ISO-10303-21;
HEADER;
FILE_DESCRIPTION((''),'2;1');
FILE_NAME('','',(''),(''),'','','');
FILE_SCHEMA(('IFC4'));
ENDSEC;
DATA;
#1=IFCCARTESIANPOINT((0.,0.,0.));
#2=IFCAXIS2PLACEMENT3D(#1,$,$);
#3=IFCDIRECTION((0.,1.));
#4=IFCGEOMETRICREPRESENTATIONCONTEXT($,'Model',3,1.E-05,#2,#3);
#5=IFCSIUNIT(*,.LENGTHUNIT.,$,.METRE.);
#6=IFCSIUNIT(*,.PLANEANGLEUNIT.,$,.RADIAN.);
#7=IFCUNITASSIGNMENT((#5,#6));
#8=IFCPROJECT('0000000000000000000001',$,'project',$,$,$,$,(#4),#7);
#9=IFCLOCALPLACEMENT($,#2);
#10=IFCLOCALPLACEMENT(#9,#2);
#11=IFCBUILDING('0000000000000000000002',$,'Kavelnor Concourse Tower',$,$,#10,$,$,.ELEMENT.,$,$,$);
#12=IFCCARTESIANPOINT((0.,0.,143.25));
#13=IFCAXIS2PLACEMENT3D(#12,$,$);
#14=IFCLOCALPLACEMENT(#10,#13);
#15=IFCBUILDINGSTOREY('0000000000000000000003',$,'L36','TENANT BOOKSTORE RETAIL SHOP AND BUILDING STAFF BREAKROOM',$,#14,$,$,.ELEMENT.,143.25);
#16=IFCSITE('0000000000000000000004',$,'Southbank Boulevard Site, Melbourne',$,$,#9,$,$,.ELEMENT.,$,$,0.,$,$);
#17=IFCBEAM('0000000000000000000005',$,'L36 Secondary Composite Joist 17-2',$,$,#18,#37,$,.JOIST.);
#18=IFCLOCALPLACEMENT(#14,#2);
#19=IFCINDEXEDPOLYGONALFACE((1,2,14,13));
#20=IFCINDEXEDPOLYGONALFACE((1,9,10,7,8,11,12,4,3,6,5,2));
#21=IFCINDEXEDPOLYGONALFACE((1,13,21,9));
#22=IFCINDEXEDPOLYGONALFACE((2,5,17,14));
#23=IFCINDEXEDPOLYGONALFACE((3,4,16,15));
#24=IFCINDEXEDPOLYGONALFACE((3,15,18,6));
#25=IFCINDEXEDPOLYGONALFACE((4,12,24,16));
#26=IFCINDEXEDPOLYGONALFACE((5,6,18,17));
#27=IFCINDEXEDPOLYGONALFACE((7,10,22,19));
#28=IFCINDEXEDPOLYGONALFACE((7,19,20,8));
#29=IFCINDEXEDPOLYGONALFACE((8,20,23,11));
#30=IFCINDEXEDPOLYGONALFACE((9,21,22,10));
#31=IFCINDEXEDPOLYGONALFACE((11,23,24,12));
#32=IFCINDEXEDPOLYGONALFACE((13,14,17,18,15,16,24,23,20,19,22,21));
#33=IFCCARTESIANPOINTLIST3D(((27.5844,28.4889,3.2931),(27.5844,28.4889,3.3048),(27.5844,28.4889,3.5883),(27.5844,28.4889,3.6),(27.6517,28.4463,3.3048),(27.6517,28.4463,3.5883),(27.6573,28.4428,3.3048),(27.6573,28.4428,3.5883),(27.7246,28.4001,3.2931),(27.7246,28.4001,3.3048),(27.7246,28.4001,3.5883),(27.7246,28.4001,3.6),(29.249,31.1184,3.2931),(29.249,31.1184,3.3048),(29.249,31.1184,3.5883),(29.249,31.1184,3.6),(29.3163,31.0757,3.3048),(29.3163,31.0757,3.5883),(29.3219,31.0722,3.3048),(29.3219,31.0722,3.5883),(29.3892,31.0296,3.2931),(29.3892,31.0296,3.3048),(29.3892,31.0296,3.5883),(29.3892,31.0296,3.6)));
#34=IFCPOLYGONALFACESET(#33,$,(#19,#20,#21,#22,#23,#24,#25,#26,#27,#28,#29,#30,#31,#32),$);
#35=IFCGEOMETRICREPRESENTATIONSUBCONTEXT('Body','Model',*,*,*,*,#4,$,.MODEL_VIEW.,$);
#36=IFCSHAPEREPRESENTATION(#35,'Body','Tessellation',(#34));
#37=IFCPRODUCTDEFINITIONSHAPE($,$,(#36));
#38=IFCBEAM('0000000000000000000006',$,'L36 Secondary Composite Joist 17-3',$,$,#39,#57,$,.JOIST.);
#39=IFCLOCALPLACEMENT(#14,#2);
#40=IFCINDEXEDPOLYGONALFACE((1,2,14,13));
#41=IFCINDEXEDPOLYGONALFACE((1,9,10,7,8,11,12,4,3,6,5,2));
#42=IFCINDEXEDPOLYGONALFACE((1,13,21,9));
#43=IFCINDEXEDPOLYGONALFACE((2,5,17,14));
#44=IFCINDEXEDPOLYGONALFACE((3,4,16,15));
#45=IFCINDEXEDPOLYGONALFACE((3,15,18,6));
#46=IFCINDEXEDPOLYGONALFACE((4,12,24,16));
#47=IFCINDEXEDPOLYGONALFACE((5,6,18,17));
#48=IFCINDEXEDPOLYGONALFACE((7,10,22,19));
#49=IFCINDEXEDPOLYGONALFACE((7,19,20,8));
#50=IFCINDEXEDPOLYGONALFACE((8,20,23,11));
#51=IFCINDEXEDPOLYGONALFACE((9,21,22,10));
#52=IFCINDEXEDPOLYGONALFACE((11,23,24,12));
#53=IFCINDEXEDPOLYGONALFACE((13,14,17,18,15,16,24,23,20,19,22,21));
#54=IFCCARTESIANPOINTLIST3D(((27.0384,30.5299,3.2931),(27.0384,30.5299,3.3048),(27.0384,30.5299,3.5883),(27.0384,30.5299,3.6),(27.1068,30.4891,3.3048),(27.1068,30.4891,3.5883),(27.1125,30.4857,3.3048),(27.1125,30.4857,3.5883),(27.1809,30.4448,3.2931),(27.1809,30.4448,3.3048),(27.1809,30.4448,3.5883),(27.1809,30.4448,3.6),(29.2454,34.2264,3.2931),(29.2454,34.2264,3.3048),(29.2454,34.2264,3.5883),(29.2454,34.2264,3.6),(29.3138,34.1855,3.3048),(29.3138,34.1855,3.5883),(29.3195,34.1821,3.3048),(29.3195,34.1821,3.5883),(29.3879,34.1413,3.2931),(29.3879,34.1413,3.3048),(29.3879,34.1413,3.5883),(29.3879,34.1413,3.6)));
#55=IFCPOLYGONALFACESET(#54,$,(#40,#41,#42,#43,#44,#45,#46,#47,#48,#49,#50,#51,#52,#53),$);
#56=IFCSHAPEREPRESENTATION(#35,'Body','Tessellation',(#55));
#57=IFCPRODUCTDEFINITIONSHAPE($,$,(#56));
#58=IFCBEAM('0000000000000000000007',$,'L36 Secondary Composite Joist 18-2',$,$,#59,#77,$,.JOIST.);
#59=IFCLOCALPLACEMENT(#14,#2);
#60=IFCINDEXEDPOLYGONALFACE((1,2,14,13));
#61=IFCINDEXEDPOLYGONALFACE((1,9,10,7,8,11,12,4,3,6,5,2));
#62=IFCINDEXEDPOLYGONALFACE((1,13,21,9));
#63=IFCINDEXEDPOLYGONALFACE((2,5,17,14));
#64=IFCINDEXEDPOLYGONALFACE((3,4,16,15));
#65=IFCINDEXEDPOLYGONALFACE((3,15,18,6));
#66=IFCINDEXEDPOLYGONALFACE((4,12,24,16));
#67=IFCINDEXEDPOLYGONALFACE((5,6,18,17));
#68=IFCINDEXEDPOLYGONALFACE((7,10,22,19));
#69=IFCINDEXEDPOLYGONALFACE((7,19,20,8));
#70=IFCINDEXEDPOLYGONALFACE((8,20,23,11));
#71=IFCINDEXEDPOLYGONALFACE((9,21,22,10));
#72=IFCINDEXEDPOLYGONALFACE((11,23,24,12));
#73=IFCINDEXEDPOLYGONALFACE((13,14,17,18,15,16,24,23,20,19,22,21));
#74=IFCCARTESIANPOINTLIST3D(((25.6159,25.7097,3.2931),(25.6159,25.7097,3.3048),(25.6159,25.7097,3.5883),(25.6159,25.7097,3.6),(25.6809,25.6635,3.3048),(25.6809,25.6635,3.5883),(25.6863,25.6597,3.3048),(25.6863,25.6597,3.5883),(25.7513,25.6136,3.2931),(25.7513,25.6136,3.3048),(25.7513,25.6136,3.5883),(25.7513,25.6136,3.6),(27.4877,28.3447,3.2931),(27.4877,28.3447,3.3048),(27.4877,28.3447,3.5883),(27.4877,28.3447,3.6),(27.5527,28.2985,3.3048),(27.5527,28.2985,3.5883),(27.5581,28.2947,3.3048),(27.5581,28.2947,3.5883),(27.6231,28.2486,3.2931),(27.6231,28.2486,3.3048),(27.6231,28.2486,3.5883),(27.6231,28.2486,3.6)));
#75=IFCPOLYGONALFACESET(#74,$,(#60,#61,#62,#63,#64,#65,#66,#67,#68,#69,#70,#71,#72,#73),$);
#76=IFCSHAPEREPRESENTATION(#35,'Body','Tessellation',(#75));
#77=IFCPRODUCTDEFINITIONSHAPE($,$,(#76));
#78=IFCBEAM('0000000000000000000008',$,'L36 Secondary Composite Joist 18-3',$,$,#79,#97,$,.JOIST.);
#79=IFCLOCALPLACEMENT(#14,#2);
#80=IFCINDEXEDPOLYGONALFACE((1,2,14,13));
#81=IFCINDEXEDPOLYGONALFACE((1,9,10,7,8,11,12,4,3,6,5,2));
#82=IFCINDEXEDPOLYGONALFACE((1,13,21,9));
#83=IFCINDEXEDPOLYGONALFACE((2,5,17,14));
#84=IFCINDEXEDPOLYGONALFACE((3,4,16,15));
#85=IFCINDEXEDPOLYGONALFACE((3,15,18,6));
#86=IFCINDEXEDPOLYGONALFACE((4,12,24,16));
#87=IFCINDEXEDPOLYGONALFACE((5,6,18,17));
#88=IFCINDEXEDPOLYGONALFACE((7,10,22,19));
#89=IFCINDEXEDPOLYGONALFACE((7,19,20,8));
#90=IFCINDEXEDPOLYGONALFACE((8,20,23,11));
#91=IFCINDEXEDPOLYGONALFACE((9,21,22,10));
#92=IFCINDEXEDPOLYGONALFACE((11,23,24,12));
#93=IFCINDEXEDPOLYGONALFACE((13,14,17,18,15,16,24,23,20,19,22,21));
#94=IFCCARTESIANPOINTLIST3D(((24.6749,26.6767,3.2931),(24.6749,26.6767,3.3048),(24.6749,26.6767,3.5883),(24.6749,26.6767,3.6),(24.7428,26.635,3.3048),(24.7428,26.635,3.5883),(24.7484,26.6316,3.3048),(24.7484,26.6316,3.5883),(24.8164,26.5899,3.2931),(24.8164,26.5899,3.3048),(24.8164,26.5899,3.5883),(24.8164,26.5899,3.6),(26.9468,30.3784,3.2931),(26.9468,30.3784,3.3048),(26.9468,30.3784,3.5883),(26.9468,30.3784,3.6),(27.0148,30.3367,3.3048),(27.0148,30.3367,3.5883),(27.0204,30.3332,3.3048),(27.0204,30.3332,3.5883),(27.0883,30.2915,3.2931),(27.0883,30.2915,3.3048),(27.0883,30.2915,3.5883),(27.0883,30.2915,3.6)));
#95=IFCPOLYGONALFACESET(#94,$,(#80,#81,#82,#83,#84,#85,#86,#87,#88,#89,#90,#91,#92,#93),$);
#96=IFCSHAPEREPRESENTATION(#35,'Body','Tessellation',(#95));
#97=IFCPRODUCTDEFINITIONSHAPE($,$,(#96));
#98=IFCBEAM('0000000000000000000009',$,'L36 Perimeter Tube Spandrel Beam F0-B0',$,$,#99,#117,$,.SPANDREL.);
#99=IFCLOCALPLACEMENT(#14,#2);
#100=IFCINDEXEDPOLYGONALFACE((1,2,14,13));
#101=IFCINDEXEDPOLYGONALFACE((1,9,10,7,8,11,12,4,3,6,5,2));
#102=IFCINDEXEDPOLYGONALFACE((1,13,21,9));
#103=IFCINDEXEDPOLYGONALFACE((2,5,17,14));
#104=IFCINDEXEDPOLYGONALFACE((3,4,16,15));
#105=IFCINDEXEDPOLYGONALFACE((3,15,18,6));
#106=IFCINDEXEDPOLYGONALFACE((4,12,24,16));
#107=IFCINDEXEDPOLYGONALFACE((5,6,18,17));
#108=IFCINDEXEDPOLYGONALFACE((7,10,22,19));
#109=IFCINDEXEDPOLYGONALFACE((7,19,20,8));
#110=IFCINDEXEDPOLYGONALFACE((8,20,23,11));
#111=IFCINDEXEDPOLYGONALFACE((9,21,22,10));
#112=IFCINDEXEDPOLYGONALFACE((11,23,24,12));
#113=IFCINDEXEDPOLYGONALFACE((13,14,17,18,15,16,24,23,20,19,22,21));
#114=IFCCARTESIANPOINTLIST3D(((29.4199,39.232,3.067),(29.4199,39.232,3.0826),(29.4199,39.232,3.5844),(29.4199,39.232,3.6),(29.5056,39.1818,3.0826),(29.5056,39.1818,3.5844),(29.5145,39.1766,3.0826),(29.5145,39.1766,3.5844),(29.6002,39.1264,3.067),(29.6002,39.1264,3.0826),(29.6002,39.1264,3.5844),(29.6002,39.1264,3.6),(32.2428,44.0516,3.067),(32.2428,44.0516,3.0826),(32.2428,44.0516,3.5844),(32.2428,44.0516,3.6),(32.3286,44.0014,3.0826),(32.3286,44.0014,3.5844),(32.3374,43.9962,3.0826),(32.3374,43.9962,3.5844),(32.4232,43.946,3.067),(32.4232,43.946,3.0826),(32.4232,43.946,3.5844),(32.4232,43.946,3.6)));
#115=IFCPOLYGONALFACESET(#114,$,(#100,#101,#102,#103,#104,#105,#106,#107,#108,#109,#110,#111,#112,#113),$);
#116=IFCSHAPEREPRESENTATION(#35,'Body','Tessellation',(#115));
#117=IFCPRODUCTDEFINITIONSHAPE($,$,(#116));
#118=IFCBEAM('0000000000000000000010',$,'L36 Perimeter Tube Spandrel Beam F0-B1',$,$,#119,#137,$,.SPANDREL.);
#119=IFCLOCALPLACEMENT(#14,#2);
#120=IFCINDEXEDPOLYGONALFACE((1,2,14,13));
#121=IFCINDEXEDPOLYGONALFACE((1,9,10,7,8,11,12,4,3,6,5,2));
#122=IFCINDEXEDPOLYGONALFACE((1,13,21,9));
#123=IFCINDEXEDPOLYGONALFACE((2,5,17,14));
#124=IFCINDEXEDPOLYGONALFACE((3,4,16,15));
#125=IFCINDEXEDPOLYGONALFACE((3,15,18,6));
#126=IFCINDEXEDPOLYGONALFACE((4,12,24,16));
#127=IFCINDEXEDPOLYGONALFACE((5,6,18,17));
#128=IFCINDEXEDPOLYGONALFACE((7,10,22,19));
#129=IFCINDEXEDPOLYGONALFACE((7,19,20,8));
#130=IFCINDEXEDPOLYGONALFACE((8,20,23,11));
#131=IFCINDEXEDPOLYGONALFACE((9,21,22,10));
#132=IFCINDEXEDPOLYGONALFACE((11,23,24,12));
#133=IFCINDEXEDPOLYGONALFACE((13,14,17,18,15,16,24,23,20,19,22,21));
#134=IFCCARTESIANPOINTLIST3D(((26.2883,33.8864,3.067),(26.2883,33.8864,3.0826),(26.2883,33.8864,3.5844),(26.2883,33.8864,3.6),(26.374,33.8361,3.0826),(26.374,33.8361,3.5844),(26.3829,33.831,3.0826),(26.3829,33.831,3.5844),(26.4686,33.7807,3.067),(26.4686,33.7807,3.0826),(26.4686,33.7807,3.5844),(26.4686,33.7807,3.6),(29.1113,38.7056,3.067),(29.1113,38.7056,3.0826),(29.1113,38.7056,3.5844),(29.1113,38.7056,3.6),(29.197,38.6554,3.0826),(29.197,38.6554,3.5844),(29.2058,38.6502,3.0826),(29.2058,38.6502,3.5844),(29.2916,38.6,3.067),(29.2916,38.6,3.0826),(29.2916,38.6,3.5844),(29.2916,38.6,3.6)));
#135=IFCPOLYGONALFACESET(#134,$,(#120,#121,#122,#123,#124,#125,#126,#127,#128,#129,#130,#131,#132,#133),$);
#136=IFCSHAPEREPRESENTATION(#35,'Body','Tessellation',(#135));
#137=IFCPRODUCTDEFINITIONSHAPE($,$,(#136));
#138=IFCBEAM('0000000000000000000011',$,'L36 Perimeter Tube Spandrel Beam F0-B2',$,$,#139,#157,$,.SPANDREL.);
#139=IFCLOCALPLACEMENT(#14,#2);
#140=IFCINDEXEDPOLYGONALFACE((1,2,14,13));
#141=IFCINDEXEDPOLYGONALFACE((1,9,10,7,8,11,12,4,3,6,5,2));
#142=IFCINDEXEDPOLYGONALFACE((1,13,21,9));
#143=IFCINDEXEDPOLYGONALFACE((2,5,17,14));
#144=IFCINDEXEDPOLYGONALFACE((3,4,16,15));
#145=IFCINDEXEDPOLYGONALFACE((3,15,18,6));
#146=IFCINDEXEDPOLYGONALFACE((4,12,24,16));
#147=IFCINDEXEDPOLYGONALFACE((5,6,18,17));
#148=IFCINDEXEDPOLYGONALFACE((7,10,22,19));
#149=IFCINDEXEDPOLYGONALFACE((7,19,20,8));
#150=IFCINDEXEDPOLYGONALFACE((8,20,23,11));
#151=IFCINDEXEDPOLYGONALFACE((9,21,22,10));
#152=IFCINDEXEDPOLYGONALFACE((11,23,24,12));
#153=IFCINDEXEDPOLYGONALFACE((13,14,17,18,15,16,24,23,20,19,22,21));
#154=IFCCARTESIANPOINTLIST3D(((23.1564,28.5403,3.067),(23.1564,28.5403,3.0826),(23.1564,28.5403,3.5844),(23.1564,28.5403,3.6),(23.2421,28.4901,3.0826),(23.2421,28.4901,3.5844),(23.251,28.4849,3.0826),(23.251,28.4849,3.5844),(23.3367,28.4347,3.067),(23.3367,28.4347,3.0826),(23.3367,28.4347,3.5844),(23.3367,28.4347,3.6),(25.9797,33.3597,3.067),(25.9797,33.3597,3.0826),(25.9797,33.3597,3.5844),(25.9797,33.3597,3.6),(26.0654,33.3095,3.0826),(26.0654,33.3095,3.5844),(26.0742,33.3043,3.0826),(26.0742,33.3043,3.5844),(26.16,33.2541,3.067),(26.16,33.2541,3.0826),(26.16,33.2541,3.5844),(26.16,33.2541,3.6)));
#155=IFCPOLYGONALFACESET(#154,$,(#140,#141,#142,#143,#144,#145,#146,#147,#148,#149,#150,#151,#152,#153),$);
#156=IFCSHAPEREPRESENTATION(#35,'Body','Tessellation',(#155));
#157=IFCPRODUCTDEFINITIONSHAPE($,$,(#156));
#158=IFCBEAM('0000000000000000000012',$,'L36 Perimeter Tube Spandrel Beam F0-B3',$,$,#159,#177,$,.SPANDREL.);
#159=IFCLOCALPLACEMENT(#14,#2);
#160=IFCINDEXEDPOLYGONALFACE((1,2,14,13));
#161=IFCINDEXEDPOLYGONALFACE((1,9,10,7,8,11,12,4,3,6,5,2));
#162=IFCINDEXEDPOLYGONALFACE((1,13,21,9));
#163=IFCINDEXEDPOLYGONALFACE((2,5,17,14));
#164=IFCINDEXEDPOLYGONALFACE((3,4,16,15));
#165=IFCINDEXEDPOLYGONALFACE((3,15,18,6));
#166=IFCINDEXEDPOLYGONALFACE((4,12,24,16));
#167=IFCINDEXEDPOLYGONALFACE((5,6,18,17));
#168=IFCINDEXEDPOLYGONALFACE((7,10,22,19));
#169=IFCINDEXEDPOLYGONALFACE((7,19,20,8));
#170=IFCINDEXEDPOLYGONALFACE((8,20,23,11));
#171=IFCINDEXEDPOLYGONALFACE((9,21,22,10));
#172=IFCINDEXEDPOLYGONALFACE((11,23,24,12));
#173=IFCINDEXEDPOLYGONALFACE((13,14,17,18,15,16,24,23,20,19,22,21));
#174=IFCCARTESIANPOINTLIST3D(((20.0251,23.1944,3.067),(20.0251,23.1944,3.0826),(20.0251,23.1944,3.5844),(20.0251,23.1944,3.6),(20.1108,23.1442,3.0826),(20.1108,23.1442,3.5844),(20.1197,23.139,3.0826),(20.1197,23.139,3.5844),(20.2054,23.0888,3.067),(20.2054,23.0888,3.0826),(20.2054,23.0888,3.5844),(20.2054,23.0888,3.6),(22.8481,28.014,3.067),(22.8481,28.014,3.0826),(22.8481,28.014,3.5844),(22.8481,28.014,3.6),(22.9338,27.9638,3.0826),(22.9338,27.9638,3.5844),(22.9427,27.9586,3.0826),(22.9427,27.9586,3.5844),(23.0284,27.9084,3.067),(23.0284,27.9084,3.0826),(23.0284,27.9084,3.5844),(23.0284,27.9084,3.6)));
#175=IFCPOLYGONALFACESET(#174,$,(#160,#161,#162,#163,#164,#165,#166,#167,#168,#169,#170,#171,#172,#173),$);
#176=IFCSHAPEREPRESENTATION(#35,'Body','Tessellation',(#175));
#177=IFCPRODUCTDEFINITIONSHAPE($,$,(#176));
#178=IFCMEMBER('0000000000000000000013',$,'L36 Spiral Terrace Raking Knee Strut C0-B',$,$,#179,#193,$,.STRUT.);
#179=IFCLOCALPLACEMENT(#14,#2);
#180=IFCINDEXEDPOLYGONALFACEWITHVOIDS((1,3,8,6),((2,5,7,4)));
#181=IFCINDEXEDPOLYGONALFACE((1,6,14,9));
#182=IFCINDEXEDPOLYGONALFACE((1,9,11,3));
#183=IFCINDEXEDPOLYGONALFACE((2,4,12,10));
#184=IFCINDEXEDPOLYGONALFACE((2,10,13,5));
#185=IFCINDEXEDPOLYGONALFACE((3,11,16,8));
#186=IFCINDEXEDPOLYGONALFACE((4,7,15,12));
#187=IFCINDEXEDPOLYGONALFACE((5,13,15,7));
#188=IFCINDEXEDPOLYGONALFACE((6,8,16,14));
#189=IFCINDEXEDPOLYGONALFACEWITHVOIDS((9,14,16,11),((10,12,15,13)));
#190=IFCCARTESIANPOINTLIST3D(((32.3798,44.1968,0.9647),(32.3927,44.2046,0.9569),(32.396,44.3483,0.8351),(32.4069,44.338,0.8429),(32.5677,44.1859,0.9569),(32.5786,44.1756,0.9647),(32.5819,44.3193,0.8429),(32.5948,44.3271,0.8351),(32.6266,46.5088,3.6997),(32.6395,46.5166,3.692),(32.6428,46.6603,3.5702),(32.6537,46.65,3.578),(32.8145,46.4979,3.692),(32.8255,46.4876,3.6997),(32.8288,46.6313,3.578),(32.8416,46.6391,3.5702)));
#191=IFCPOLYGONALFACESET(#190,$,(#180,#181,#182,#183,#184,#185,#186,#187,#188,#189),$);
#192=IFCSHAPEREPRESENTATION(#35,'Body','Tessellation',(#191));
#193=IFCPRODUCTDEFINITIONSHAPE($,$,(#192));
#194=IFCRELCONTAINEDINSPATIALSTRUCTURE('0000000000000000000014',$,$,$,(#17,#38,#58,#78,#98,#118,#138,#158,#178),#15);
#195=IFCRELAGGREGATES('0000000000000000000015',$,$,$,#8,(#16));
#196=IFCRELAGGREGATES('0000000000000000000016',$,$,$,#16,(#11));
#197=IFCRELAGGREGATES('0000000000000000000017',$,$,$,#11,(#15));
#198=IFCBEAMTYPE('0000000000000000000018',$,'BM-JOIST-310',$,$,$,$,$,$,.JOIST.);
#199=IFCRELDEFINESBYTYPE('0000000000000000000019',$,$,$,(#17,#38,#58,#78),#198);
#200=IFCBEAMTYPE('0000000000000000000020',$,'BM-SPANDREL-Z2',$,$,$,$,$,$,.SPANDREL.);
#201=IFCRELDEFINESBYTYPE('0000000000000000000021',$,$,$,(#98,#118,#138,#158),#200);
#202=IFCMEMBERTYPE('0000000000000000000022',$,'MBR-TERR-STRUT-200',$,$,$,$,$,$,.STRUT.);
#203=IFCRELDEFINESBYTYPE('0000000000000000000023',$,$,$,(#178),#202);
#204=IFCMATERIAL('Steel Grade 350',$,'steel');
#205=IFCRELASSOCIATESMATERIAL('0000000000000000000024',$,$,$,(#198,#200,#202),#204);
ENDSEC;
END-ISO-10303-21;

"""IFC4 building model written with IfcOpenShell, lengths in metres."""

from ifc_helpers import new_model, si_unit, direction, frame, origin, origin_2d, place, context, subcontext, project, spatial, hollow_rectangle, i_section, extrude, material, material_profile, profile_set, type_object, element, save


model = new_model("IFC4")

# Units and contexts
model_context = context("Model", 3, precision=1e-05, world=origin(), true_north=direction((0.0, 1.0)))
body_context = subcontext(model_context, "Body", "Model", "MODEL_VIEW")
ifc_project = project(units=[si_unit("LENGTHUNIT", "METRE"), si_unit("PLANEANGLEUNIT", "RADIAN")], contexts=[model_context])

# Site, building, storey
site_placement = place(None, origin())
site = spatial("IfcSite", under=ifc_project, at=site_placement, Name="Southbank Boulevard Site, Melbourne", CompositionType="ELEMENT", RefElevation=0.0)
building_placement = place(site_placement, origin())
building = spatial("IfcBuilding", under=site, at=building_placement, Name="Kavelnor Concourse Tower", CompositionType="ELEMENT")
storey_placement = place(building_placement, frame((0.0, 0.0, 143.25)))
storey = spatial("IfcBuildingStorey", under=building, at=storey_placement, Name="L36", Description="TENANT BOOKSTORE RETAIL SHOP AND BUILDING STAFF BREAKROOM", CompositionType="ELEMENT", Elevation=143.25)

# Shared definitions
ifc_material_1 = material(Name="Steel Grade 350", Category="steel")

# Beams
ifc_material_profile_1 = material_profile(ifc_material_1, i_section(OverallWidth=0.166, OverallDepth=0.3069, WebThickness=0.0066, FlangeThickness=0.0117, at=origin_2d()), Name="310UB46")
ifc_profile_set_1 = profile_set([ifc_material_profile_1], Name="Steel Grade 350")
beam_type_1 = type_object("IfcBeamType", Name="BM-JOIST-310", PredefinedType="JOIST", material=ifc_profile_set_1)
beam_1_placement = place(storey_placement, frame((29.3191, 31.074, 3.4465), z_axis=(-0.534884, -0.844925, 0.0), x_axis=(0.844925, -0.534884, 0.0)))
element("IfcBeam", 1, at=beam_1_placement, inside=storey, type_object=beam_type_1, Name="L36 Secondary Composite Joist 17-2", PredefinedType="JOIST", context=body_context, shape_type="SweptSolid", body=[
    extrude(i_section(OverallWidth=0.166, OverallDepth=0.3069, WebThickness=0.0066, FlangeThickness=0.0117, at=origin_2d()), origin(), (0.0, 0.0, 1.0), 3.1121),
])
beam_2_placement = place(storey_placement, frame((29.3167, 34.1838, 3.4465), z_axis=(-0.512635, -0.858607, 0.0), x_axis=(0.858607, -0.512635, 0.0)))
element("IfcBeam", 2, at=beam_2_placement, inside=storey, type_object=beam_type_1, Name="L36 Secondary Composite Joist 17-3", PredefinedType="JOIST", context=body_context, shape_type="SweptSolid", body=[
    extrude(i_section(OverallWidth=0.166, OverallDepth=0.3069, WebThickness=0.0066, FlangeThickness=0.0117, at=origin_2d()), origin(), (0.0, 0.0, 1.0), 4.3052),
])
beam_3_placement = place(storey_placement, frame((27.5554, 28.2966, 3.4465), z_axis=(-0.579121, -0.815241, 0.0), x_axis=(0.815241, -0.579121, 0.0)))
element("IfcBeam", 3, at=beam_3_placement, inside=storey, type_object=beam_type_1, Name="L36 Secondary Composite Joist 18-2", PredefinedType="JOIST", context=body_context, shape_type="SweptSolid", body=[
    extrude(i_section(OverallWidth=0.166, OverallDepth=0.3069, WebThickness=0.0066, FlangeThickness=0.0117, at=origin_2d()), origin(), (0.0, 0.0, 1.0), 3.2322),
])
beam_4_placement = place(storey_placement, frame((27.0176, 30.335, 3.4465), z_axis=(-0.5231, -0.852271, 0.0), x_axis=(0.852271, -0.5231, 0.0)))
element("IfcBeam", 4, at=beam_4_placement, inside=storey, type_object=beam_type_1, Name="L36 Secondary Composite Joist 18-3", PredefinedType="JOIST", context=body_context, shape_type="SweptSolid", body=[
    extrude(i_section(OverallWidth=0.166, OverallDepth=0.3069, WebThickness=0.0066, FlangeThickness=0.0117, at=origin_2d()), origin(), (0.0, 0.0, 1.0), 4.3433),
])
ifc_material_profile_2 = material_profile(ifc_material_1, i_section(OverallWidth=0.209, OverallDepth=0.533, WebThickness=0.0103, FlangeThickness=0.0156, at=origin_2d()), Name="530UB92")
ifc_profile_set_2 = profile_set([ifc_material_profile_2], Name="Steel Grade 350")
beam_type_2 = type_object("IfcBeamType", Name="BM-SPANDREL-Z2", PredefinedType="SPANDREL", material=ifc_profile_set_2)
beam_5_placement = place(storey_placement, frame((32.333, 43.9988, 3.3335), z_axis=(-0.505417, -0.862875, 0.0), x_axis=(0.862875, -0.505417, 0.0)))
element("IfcBeam", 5, at=beam_5_placement, inside=storey, type_object=beam_type_2, Name="L36 Perimeter Tube Spandrel Beam F0-B0", PredefinedType="SPANDREL", context=body_context, shape_type="SweptSolid", body=[
    extrude(i_section(OverallWidth=0.209, OverallDepth=0.533, WebThickness=0.0103, FlangeThickness=0.0156, at=origin_2d()), origin(), (0.0, 0.0, 1.0), 5.5854),
])
beam_6_placement = place(storey_placement, frame((29.2014, 38.6528, 3.3335), z_axis=(-0.505436, -0.862864, 0.0), x_axis=(0.862864, -0.505436, 0.0)))
element("IfcBeam", 6, at=beam_6_placement, inside=storey, type_object=beam_type_2, Name="L36 Perimeter Tube Spandrel Beam F0-B1", PredefinedType="SPANDREL", context=body_context, shape_type="SweptSolid", body=[
    extrude(i_section(OverallWidth=0.209, OverallDepth=0.533, WebThickness=0.0103, FlangeThickness=0.0156, at=origin_2d()), origin(), (0.0, 0.0, 1.0), 5.5852),
])
for number, where, z_axis, x_axis, name in (
    (7, (26.0698, 33.3069, 3.3335), (-0.505468, -0.862845, 0.0), (0.862845, -0.505468, 0.0), "L36 Perimeter Tube Spandrel Beam F0-B2"),
    (8, (22.9382, 27.9612, 3.3335), (-0.505417, -0.862875, 0.0), (0.862875, -0.505417, 0.0), "L36 Perimeter Tube Spandrel Beam F0-B3"),
):
    element("IfcBeam", number, at=place(storey_placement, frame(where, z_axis=z_axis, x_axis=x_axis)), inside=storey, type_object=beam_type_2, Name=name, PredefinedType="SPANDREL", context=body_context, shape_type="SweptSolid", body=[
        extrude(i_section(OverallWidth=0.209, OverallDepth=0.533, WebThickness=0.0103, FlangeThickness=0.0156, at=origin_2d()), origin(), (0.0, 0.0, 1.0), 5.5854),
    ])

# Member
ifc_material_profile_3 = material_profile(ifc_material_1, hollow_rectangle(XDim=0.2, YDim=0.2, WallThickness=0.012, at=origin_2d()), Name="SHS 200x200x12")
ifc_profile_set_3 = profile_set([ifc_material_profile_3], Name="Steel Grade 350")
member_type_1 = type_object("IfcMemberType", Name="MBR-TERR-STRUT-200", PredefinedType="STRUT", material=ifc_profile_set_3)
member_1_placement = place(storey_placement, frame((32.4873, 44.262, 0.8999), z_axis=(0.068756, 0.644039, 0.761897), x_axis=(-0.99435, 0.106155, 0.0)))
element("IfcMember", 9, at=member_1_placement, inside=storey, type_object=member_type_1, Name="L36 Spiral Terrace Raking Knee Strut C0-B", PredefinedType="STRUT", context=body_context, shape_type="SweptSolid", body=[
    extrude(hollow_rectangle(XDim=0.2, YDim=0.2, WallThickness=0.012, at=origin_2d()), origin(), (0.0, 0.0, 1.0), 3.5898),
])

save(model, "model.ifc")
